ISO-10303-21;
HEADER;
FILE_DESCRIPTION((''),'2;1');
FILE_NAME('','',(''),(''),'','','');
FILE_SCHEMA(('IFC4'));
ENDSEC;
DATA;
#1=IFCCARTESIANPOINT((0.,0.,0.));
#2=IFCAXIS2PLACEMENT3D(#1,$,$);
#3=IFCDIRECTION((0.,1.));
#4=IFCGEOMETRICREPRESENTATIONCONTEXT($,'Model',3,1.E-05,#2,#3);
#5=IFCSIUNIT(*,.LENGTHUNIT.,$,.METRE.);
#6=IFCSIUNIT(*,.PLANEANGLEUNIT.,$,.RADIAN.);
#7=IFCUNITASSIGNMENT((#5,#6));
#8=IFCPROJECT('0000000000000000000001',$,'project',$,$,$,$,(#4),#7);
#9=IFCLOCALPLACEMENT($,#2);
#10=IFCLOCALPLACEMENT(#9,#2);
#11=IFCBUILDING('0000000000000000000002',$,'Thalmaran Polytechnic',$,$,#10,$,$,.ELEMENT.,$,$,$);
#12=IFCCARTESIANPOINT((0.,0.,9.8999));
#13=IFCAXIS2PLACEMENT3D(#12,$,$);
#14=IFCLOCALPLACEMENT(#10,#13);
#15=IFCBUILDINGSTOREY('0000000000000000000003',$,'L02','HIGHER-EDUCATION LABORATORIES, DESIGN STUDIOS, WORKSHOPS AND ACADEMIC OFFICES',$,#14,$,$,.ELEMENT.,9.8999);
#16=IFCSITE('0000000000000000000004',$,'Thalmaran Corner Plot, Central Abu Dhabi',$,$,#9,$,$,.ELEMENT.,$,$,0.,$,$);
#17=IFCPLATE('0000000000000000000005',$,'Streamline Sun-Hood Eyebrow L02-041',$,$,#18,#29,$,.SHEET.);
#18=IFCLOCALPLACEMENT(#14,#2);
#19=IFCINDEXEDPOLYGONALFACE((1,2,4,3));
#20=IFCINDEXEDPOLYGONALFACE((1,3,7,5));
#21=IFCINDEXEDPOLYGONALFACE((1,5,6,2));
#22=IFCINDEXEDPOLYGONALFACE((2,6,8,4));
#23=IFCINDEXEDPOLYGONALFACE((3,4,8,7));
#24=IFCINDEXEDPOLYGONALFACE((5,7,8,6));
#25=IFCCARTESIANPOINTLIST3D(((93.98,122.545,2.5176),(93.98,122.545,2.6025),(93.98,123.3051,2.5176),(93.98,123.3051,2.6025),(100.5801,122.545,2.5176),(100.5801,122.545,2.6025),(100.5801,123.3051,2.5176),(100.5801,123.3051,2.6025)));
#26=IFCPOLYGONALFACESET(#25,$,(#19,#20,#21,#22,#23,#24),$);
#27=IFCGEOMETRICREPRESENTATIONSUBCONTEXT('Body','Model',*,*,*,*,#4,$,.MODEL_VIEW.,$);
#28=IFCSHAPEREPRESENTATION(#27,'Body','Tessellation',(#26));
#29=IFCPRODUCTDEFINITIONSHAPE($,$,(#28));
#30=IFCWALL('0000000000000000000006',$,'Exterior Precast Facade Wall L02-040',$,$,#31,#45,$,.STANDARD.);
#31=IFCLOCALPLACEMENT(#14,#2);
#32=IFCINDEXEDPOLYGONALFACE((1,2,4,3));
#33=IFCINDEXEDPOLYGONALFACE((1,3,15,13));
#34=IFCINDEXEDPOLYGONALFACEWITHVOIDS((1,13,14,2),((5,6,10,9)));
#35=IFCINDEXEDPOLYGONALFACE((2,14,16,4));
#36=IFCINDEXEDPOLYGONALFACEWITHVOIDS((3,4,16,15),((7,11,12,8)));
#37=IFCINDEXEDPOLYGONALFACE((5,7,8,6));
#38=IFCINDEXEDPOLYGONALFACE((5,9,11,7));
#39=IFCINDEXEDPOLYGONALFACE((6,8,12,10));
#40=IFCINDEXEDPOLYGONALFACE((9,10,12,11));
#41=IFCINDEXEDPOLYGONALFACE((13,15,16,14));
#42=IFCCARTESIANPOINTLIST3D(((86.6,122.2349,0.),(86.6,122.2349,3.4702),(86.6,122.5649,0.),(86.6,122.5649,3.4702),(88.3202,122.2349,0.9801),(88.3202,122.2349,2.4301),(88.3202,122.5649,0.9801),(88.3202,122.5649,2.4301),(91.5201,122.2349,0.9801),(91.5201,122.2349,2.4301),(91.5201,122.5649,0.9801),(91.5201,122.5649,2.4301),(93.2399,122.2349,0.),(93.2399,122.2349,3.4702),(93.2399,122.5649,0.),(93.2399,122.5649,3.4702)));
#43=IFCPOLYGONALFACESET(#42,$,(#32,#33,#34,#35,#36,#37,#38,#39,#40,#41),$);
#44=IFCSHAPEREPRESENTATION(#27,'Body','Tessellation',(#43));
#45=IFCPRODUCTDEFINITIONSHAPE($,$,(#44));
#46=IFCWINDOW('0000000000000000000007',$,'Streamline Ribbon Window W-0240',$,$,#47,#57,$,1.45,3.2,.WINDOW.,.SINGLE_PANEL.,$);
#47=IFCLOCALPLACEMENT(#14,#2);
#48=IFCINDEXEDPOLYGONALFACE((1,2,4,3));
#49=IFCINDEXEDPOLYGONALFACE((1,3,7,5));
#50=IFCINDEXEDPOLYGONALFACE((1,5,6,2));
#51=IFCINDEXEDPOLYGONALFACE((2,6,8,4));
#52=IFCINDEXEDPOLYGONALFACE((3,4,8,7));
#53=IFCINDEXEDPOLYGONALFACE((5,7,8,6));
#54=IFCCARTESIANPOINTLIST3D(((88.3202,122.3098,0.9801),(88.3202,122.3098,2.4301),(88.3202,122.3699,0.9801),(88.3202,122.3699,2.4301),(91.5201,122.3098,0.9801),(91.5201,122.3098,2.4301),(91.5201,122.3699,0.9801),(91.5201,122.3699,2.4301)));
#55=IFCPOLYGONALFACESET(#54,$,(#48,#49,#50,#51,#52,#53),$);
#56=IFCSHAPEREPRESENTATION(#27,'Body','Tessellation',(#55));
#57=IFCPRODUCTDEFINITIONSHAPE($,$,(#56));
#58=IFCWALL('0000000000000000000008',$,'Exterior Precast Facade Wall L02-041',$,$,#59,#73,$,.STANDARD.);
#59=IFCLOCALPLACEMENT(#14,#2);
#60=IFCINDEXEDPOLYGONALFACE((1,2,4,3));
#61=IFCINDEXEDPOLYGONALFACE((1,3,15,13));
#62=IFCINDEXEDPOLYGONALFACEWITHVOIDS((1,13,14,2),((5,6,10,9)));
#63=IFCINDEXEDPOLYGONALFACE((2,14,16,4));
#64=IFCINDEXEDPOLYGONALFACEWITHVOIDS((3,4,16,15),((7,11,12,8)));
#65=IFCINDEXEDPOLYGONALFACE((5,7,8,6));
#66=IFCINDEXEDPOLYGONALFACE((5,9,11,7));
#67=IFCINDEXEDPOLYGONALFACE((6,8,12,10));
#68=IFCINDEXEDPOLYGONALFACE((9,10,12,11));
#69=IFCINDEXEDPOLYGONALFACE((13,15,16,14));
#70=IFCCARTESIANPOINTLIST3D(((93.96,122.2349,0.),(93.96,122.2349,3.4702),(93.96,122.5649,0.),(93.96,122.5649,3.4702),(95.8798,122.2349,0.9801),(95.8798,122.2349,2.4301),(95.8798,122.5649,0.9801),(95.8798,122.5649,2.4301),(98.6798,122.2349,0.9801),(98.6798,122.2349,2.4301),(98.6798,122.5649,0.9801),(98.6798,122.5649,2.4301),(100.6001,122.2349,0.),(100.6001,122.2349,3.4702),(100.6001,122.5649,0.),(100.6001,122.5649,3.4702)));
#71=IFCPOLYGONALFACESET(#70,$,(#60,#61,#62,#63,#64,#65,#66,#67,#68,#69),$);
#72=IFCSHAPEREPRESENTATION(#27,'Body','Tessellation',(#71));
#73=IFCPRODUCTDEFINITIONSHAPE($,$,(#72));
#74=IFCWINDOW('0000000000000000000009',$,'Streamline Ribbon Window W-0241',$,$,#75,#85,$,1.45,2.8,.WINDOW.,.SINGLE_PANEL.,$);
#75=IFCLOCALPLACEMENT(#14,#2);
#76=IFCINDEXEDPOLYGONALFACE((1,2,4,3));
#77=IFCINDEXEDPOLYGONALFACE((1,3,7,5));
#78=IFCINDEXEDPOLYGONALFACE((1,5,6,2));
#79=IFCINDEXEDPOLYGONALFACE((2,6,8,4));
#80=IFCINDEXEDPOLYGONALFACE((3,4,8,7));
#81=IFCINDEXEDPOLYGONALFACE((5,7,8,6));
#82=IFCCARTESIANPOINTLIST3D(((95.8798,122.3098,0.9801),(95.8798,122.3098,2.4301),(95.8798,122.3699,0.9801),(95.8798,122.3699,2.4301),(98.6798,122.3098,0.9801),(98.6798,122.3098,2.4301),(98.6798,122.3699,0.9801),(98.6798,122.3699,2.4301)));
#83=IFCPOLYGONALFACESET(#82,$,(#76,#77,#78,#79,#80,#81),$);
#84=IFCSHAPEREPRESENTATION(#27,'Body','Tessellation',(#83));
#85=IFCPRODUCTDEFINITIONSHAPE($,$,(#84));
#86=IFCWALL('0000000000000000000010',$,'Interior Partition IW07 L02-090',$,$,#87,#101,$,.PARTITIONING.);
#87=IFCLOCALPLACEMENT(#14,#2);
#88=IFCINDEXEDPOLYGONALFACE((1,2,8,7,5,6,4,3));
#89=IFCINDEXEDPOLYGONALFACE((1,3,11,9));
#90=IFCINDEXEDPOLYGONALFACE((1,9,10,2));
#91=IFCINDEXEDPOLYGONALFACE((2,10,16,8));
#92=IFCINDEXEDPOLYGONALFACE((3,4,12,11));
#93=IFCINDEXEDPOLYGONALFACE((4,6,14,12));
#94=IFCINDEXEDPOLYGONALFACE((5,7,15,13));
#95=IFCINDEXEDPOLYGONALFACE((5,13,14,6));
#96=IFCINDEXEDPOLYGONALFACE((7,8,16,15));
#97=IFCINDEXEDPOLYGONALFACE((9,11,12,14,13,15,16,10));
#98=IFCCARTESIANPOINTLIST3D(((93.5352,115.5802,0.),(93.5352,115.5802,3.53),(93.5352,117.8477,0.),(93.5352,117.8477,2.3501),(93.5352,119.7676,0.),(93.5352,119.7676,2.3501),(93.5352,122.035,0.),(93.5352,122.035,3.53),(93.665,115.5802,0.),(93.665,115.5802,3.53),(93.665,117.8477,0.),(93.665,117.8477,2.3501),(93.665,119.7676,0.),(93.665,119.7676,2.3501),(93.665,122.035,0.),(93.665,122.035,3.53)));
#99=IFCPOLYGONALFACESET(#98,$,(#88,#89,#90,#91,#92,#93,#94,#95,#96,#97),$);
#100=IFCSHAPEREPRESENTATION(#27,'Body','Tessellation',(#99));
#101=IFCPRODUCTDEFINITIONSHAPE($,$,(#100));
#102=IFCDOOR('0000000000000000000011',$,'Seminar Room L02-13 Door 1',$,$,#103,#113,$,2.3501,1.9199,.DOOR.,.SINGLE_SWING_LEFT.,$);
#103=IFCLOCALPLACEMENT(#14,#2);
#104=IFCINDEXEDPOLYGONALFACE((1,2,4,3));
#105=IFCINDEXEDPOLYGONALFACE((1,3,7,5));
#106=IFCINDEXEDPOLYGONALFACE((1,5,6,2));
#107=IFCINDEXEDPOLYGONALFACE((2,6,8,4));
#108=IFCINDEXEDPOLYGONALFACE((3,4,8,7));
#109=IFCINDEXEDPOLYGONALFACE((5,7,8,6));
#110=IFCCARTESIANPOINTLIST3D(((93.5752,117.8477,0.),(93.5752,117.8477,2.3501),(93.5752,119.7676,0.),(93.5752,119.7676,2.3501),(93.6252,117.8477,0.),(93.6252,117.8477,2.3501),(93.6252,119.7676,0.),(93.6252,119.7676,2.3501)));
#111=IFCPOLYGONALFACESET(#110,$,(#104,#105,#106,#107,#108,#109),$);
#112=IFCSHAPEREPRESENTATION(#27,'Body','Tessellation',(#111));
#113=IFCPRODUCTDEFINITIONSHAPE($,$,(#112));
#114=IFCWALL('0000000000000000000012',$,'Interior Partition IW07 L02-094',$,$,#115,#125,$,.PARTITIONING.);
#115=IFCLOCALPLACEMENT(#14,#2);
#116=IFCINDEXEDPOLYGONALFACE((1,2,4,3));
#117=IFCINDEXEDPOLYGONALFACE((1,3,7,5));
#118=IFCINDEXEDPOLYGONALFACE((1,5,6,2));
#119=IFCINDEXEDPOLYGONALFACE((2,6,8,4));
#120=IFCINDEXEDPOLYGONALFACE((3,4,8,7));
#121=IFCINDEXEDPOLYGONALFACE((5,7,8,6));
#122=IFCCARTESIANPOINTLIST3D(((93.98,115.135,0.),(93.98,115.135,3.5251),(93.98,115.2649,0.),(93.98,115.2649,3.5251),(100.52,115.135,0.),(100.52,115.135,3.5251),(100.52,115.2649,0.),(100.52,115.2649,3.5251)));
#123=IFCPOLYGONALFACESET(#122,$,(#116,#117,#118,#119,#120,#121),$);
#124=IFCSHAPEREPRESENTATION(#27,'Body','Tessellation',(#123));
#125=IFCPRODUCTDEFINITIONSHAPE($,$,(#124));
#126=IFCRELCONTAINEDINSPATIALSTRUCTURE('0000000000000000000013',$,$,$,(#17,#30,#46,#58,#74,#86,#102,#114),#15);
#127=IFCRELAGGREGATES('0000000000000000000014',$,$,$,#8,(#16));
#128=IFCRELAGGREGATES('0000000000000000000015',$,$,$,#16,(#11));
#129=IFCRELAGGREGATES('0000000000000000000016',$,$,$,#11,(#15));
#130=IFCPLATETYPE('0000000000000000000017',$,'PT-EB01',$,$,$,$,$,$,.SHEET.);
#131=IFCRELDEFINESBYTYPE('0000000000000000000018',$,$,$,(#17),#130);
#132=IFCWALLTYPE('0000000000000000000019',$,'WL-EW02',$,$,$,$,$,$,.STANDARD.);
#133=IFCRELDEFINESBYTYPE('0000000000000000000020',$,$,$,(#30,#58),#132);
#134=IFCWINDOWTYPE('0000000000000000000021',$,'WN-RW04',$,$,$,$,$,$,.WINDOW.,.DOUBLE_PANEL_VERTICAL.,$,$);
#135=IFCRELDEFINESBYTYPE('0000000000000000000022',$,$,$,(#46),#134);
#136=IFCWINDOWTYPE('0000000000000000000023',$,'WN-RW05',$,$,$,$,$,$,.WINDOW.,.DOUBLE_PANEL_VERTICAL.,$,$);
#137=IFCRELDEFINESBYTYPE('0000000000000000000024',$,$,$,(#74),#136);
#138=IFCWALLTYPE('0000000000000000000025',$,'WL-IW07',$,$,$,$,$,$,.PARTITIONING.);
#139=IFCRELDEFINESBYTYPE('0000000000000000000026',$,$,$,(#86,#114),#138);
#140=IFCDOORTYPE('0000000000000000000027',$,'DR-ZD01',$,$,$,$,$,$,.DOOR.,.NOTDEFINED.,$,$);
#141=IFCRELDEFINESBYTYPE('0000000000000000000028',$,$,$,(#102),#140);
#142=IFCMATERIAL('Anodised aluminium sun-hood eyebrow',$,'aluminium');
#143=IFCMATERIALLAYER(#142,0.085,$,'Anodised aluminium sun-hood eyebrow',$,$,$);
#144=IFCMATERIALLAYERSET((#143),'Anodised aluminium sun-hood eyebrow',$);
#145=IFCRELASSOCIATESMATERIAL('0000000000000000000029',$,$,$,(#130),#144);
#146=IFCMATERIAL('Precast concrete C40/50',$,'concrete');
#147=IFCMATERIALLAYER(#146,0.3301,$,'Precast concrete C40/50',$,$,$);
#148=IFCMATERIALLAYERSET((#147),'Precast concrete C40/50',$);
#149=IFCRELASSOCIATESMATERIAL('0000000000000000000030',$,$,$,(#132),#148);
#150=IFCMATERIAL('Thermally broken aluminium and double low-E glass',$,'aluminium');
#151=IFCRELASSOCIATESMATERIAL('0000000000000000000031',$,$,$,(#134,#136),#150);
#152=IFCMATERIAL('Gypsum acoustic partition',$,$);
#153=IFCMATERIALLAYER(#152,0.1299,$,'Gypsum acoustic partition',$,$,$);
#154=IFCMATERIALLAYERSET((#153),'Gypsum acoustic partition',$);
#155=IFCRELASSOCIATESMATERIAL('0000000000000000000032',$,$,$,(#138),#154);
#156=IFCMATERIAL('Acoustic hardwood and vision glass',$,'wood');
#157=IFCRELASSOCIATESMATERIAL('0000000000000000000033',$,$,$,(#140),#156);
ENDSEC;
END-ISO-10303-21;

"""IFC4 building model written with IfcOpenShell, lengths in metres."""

from ifc_helpers import new_model, si_unit, direction, frame, frame_2d, origin, origin_2d, place, context, subcontext, project, spatial, rectangle, extrude, material, layer, layer_set, type_object, element, fill, save


model = new_model("IFC4")

# Units and contexts
model_context = context("Model", 3, precision=1e-05, world=origin(), true_north=direction((0.0, 1.0)))
body_context = subcontext(model_context, "Body", "Model", "MODEL_VIEW")
ifc_project = project(units=[si_unit("LENGTHUNIT", "METRE"), si_unit("PLANEANGLEUNIT", "RADIAN")], contexts=[model_context])

# Site, building, storey
site_placement = place(None, origin())
site = spatial("IfcSite", under=ifc_project, at=site_placement, Name="Thalmaran Corner Plot, Central Abu Dhabi", CompositionType="ELEMENT", RefElevation=0.0)
building_placement = place(site_placement, origin())
building = spatial("IfcBuilding", under=site, at=building_placement, Name="Thalmaran Polytechnic", CompositionType="ELEMENT")
storey_placement = place(building_placement, frame((0.0, 0.0, 9.8999)))
storey = spatial("IfcBuildingStorey", under=building, at=storey_placement, Name="L02", Description="HIGHER-EDUCATION LABORATORIES, DESIGN STUDIOS, WORKSHOPS AND ACADEMIC OFFICES", CompositionType="ELEMENT", Elevation=9.8999)

# Plate
ifc_material_1 = material(Name="Anodised aluminium sun-hood eyebrow", Category="aluminium")
ifc_layer_1 = layer(ifc_material_1, 0.085, Name="Anodised aluminium sun-hood eyebrow")
ifc_layer_set_1 = layer_set([ifc_layer_1], Name="Anodised aluminium sun-hood eyebrow")
plate_type_1 = type_object("IfcPlateType", Name="PT-EB01", PredefinedType="SHEET", material=ifc_layer_set_1)
for number, where, z_axis, x_axis, name in (
    (1, (97.28, 122.925, 2.5176), (0.0, 0.0, 1.0), (1.0, 0.0, 0.0), "Streamline Sun-Hood Eyebrow L02-041"),
):
    element("IfcPlate", number, at=place(storey_placement, frame(where, z_axis=z_axis, x_axis=x_axis)), inside=storey, type_object=plate_type_1, Name=name, PredefinedType="SHEET", context=body_context, shape_type="SweptSolid", body=[
        extrude(rectangle(XDim=6.6001, YDim=0.76, at=origin_2d()), origin(), (0.0, 0.0, 1.0), 0.085),
    ])

# Walls, openings, windows
ifc_material_2 = material(Name="Precast concrete C40/50", Category="concrete")
ifc_layer_2 = layer(ifc_material_2, 0.3301, Name="Precast concrete C40/50")
ifc_layer_set_2 = layer_set([ifc_layer_2], Name="Precast concrete C40/50")
wall_type_1 = type_object("IfcWallType", Name="WL-EW02", PredefinedType="STANDARD", material=ifc_layer_set_2)
wall_1_placement = place(storey_placement, frame((86.6001, 122.3999, 0.0), z_axis=(0.0, 0.0, 1.0), x_axis=(1.0, 0.0, 0.0)))
wall_1 = element("IfcWall", 2, at=wall_1_placement, inside=storey, type_object=wall_type_1, Name="Exterior Precast Facade Wall L02-040", PredefinedType="STANDARD", context=body_context, shape_type="SweptSolid", body=[
    extrude(rectangle(XDim=6.6399, YDim=0.3301, at=frame_2d((3.3198, 0.0))), origin(), (0.0, 0.0, 1.0), 3.4702),
])
opening_1_placement = place(wall_1_placement, frame((1.72, 0.0, 0.98)))
opening_1 = element("IfcOpeningElement", 3, at=opening_1_placement, cuts=wall_1, PredefinedType="OPENING", context=body_context, shape_type="SweptSolid", body=[
    extrude(rectangle(XDim=3.2, YDim=1.45, at=frame_2d((1.6001, 0.7251))), frame((0.0, 0.175, 0.0), z_axis=(0.0, -1.0, 0.0), x_axis=(1.0, 0.0, 0.0)), (0.0, 0.0, 1.0), 0.3501),
])
ifc_material_3 = material(Name="Thermally broken aluminium and double low-E glass", Category="aluminium")
window_type_1 = type_object("IfcWindowType", Name="WN-RW04", PartitioningType="DOUBLE_PANEL_VERTICAL", PredefinedType="WINDOW", material=ifc_material_3)
window_1_placement = place(opening_1_placement, origin())
window_1 = element("IfcWindow", 4, at=window_1_placement, inside=storey, type_object=window_type_1, Name="Streamline Ribbon Window W-0240", OverallHeight=1.45, OverallWidth=3.2, PartitioningType="SINGLE_PANEL", PredefinedType="WINDOW", context=body_context, shape_type="SweptSolid", body=[
    extrude(rectangle(XDim=3.2, YDim=1.45, at=frame_2d((1.6001, 0.7251))), frame((0.0, -0.03, 0.0), z_axis=(0.0, -1.0, 0.0), x_axis=(1.0, 0.0, 0.0)), (0.0, 0.0, 1.0), 0.0601),
])
fill(opening_1, window_1)
wall_2_placement = place(storey_placement, frame((93.96, 122.3999, 0.0), z_axis=(0.0, 0.0, 1.0), x_axis=(1.0, 0.0, 0.0)))
wall_2 = element("IfcWall", 5, at=wall_2_placement, inside=storey, type_object=wall_type_1, Name="Exterior Precast Facade Wall L02-041", PredefinedType="STANDARD", context=body_context, shape_type="SweptSolid", body=[
    extrude(rectangle(XDim=6.6401, YDim=0.3301, at=frame_2d((3.3201, 0.0))), origin(), (0.0, 0.0, 1.0), 3.4702),
])
opening_2_placement = place(wall_2_placement, frame((1.9199, 0.0, 0.98)))
opening_2 = element("IfcOpeningElement", 6, at=opening_2_placement, cuts=wall_2, PredefinedType="OPENING", context=body_context, shape_type="SweptSolid", body=[
    extrude(rectangle(XDim=2.8, YDim=1.45, at=frame_2d((1.3999, 0.7251))), frame((0.0, 0.175, 0.0), z_axis=(0.0, -1.0, 0.0), x_axis=(1.0, 0.0, 0.0)), (0.0, 0.0, 1.0), 0.3501),
])
window_type_2 = type_object("IfcWindowType", Name="WN-RW05", PartitioningType="DOUBLE_PANEL_VERTICAL", PredefinedType="WINDOW", material=ifc_material_3)
window_2_placement = place(opening_2_placement, origin())
window_2 = element("IfcWindow", 7, at=window_2_placement, inside=storey, type_object=window_type_2, Name="Streamline Ribbon Window W-0241", OverallHeight=1.45, OverallWidth=2.8, PartitioningType="SINGLE_PANEL", PredefinedType="WINDOW", context=body_context, shape_type="SweptSolid", body=[
    extrude(rectangle(XDim=2.8, YDim=1.45, at=frame_2d((1.3999, 0.7251))), frame((0.0, -0.03, 0.0), z_axis=(0.0, -1.0, 0.0), x_axis=(1.0, 0.0, 0.0)), (0.0, 0.0, 1.0), 0.0601),
])
fill(opening_2, window_2)

# Wall, opening, door
ifc_material_4 = material(Name="Gypsum acoustic partition")
ifc_layer_3 = layer(ifc_material_4, 0.1299, Name="Gypsum acoustic partition")
ifc_layer_set_3 = layer_set([ifc_layer_3], Name="Gypsum acoustic partition")
wall_type_2 = type_object("IfcWallType", Name="WL-IW07", PredefinedType="PARTITIONING", material=ifc_layer_set_3)
wall_3_placement = place(storey_placement, frame((93.6001, 115.5801, 0.0), z_axis=(0.0, 0.0, 1.0), x_axis=(0.0, 1.0, 0.0)))
wall_3 = element("IfcWall", 8, at=wall_3_placement, inside=storey, type_object=wall_type_2, Name="Interior Partition IW07 L02-090", PredefinedType="PARTITIONING", context=body_context, shape_type="SweptSolid", body=[
    extrude(rectangle(XDim=6.4548, YDim=0.1299, at=frame_2d((3.2275, 0.0))), origin(), (0.0, 0.0, 1.0), 3.53),
])
opening_3_placement = place(wall_3_placement, frame((2.2676, 0.0, 0.0)))
opening_3 = element("IfcOpeningElement", 9, at=opening_3_placement, cuts=wall_3, PredefinedType="OPENING", context=body_context, shape_type="SweptSolid", body=[
    extrude(rectangle(XDim=1.9199, YDim=2.3501, at=frame_2d((0.96, 1.175))), frame((0.0, 0.075, 0.0), z_axis=(0.0, -1.0, 0.0), x_axis=(1.0, 0.0, 0.0)), (0.0, 0.0, 1.0), 0.1499),
])
ifc_material_5 = material(Name="Acoustic hardwood and vision glass", Category="wood")
door_type = type_object("IfcDoorType", Name="DR-ZD01", OperationType="NOTDEFINED", PredefinedType="DOOR", material=ifc_material_5)
door_placement = place(opening_3_placement, origin())
door = element("IfcDoor", 10, at=door_placement, inside=storey, type_object=door_type, Name="Seminar Room L02-13 Door 1", OperationType="SINGLE_SWING_LEFT", OverallHeight=2.3501, OverallWidth=1.9199, PredefinedType="DOOR", context=body_context, shape_type="SweptSolid", body=[
    extrude(rectangle(XDim=1.9199, YDim=2.3501, at=frame_2d((0.96, 1.175))), frame((0.0, 0.0249, 0.0), z_axis=(0.0, -1.0, 0.0), x_axis=(1.0, 0.0, 0.0)), (0.0, 0.0, 1.0), 0.05),
])
fill(opening_3, door)

# Wall
wall_4_placement = place(storey_placement, frame((93.98, 115.2, 0.0), z_axis=(0.0, 0.0, 1.0), x_axis=(1.0, 0.0, 0.0)))
element("IfcWall", 11, at=wall_4_placement, inside=storey, type_object=wall_type_2, Name="Interior Partition IW07 L02-094", PredefinedType="PARTITIONING", context=body_context, shape_type="SweptSolid", body=[
    extrude(rectangle(XDim=6.54, YDim=0.1299, at=frame_2d((3.27, 0.0))), origin(), (0.0, 0.0, 1.0), 3.5251),
])

save(model, "model.ifc")
